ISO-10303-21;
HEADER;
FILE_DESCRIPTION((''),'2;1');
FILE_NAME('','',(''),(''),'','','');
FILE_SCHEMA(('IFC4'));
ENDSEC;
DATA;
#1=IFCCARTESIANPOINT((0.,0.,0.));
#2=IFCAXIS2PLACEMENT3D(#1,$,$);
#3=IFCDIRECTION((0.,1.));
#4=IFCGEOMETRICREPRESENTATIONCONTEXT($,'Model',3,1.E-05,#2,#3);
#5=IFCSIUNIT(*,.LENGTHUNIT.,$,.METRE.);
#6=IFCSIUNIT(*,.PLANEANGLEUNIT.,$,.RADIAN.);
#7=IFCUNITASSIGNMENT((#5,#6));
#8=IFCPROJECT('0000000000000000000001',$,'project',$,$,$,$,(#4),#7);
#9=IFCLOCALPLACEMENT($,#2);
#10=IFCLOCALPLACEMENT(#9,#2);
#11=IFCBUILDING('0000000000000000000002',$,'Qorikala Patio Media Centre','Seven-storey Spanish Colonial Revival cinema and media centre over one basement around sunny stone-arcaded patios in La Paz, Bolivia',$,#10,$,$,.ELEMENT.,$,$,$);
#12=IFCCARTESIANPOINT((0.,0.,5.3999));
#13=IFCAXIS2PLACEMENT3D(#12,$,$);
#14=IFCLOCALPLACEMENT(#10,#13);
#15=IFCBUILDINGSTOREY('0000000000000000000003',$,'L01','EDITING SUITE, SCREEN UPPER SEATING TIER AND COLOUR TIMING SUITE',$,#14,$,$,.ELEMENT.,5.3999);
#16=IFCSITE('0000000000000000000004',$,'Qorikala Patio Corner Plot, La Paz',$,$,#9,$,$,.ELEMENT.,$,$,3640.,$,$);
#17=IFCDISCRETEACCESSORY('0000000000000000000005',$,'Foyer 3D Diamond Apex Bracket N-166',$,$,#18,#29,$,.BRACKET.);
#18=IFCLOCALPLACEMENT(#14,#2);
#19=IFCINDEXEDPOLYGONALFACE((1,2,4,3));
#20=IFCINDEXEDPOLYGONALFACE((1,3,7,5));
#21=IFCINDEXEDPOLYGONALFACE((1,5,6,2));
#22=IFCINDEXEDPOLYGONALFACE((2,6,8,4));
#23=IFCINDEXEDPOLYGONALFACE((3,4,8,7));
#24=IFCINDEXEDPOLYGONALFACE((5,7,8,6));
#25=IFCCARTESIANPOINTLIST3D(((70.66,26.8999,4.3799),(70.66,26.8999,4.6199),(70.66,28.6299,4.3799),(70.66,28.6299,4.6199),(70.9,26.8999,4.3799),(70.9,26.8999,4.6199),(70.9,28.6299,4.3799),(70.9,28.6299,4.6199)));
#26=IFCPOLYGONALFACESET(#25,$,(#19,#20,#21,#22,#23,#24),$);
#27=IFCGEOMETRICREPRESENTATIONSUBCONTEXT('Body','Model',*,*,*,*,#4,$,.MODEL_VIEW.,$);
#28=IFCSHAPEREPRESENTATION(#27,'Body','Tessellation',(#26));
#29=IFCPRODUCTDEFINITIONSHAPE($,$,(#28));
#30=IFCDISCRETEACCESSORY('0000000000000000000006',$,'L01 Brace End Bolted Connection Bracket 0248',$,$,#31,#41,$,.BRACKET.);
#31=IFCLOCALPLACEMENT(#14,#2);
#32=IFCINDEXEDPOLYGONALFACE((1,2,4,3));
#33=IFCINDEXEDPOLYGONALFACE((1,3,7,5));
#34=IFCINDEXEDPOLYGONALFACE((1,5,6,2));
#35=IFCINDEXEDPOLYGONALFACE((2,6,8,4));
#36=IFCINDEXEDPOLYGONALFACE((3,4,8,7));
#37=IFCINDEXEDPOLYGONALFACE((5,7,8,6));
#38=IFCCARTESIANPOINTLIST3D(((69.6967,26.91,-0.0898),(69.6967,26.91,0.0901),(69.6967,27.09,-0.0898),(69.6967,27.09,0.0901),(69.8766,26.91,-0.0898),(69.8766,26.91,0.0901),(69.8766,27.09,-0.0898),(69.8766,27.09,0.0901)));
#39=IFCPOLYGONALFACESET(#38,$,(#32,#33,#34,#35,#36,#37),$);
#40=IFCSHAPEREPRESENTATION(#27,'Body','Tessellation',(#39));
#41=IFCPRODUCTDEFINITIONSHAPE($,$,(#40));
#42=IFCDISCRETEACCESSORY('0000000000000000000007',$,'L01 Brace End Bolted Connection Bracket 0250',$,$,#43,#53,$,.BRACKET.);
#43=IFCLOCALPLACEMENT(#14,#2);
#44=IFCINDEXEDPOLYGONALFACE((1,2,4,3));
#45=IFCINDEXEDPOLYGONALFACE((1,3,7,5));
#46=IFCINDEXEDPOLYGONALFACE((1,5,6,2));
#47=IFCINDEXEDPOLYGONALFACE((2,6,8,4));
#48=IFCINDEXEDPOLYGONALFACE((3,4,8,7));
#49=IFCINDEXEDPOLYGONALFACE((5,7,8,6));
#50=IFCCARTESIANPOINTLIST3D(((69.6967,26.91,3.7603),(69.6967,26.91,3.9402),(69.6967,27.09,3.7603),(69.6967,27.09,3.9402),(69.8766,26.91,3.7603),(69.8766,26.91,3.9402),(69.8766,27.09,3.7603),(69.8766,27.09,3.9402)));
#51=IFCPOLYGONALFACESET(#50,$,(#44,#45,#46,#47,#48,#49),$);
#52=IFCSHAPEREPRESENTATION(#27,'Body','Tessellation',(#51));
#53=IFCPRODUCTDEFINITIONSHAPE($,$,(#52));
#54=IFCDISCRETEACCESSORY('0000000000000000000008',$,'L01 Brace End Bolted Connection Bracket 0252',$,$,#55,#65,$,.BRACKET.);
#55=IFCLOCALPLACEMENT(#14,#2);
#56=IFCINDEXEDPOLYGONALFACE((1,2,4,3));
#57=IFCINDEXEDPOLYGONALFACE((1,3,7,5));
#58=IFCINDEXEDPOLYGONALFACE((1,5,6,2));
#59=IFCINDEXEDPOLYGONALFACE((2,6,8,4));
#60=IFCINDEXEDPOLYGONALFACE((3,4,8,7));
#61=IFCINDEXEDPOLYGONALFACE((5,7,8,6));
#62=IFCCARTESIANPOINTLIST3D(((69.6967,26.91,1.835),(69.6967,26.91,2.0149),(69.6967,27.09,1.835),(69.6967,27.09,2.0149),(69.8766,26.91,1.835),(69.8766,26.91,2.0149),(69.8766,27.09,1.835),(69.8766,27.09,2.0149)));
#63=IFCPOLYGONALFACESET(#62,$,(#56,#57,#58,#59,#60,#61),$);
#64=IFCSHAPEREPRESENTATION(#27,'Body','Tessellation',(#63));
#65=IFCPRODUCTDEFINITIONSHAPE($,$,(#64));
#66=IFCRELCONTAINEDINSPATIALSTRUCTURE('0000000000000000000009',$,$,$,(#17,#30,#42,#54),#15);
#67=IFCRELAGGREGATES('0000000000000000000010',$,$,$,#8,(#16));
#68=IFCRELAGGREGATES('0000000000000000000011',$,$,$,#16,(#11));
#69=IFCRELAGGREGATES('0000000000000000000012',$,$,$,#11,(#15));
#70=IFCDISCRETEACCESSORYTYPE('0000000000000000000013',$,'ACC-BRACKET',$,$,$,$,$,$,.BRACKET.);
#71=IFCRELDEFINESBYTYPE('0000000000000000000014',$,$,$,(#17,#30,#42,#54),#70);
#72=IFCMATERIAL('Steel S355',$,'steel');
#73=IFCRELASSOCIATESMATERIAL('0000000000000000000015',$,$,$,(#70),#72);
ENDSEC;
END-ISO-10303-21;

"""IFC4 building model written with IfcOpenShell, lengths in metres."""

from ifc_helpers import new_model, si_unit, direction, frame, origin, origin_2d, place, context, subcontext, project, spatial, rectangle, extrude, material, type_object, element, save


model = new_model("IFC4")

# Units and contexts
model_context = context("Model", 3, precision=1e-05, world=origin(), true_north=direction((0.0, 1.0)))
body_context = subcontext(model_context, "Body", "Model", "MODEL_VIEW")
ifc_project = project(units=[si_unit("LENGTHUNIT", "METRE"), si_unit("PLANEANGLEUNIT", "RADIAN")], contexts=[model_context])

# Site, building, storey
site_placement = place(None, origin())
site = spatial("IfcSite", under=ifc_project, at=site_placement, Name="Qorikala Patio Corner Plot, La Paz", CompositionType="ELEMENT", RefElevation=3640.0)
building_placement = place(site_placement, origin())
building = spatial("IfcBuilding", under=site, at=building_placement, Name="Qorikala Patio Media Centre", Description="Seven-storey Spanish Colonial Revival cinema and media centre over one basement around sunny stone-arcaded patios in La Paz, Bolivia", CompositionType="ELEMENT")
storey_placement = place(building_placement, frame((0.0, 0.0, 5.3999)))
storey = spatial("IfcBuildingStorey", under=building, at=storey_placement, Name="L01", Description="EDITING SUITE, SCREEN UPPER SEATING TIER AND COLOUR TIMING SUITE", CompositionType="ELEMENT", Elevation=5.3999)

# Discrete accessories
ifc_material_1 = material(Name="Steel S355", Category="steel")
discrete_accessory_type = type_object("IfcDiscreteAccessoryType", Name="ACC-BRACKET", PredefinedType="BRACKET", material=ifc_material_1)
discrete_accessory_placement = place(storey_placement, frame((70.78, 27.7649, 4.3799), z_axis=(0.0, 0.0, 1.0), x_axis=(1.0, 0.0, 0.0)))
element("IfcDiscreteAccessory", 1, at=discrete_accessory_placement, inside=storey, type_object=discrete_accessory_type, Name="Foyer 3D Diamond Apex Bracket N-166", PredefinedType="BRACKET", context=body_context, shape_type="SweptSolid", body=[
    extrude(rectangle(XDim=0.24, YDim=1.73, at=origin_2d()), origin(), (0.0, 0.0, 1.0), 0.24),
])
for number, where, z_axis, x_axis, name in (
    (2, (69.7866, 27.0, -0.0898), (0.0, 0.0, 1.0), (1.0, 0.0, 0.0), "L01 Brace End Bolted Connection Bracket 0248"),
    (3, (69.7866, 27.0, 3.7603), (0.0, 0.0, 1.0), (1.0, 0.0, 0.0), "L01 Brace End Bolted Connection Bracket 0250"),
    (4, (69.7866, 27.0, 1.835), (0.0, 0.0, 1.0), (1.0, 0.0, 0.0), "L01 Brace End Bolted Connection Bracket 0252"),
):
    element("IfcDiscreteAccessory", number, at=place(storey_placement, frame(where, z_axis=z_axis, x_axis=x_axis)), inside=storey, type_object=discrete_accessory_type, Name=name, PredefinedType="BRACKET", context=body_context, shape_type="SweptSolid", body=[
        extrude(rectangle(XDim=0.1799, YDim=0.1799, at=origin_2d()), origin(), (0.0, 0.0, 1.0), 0.1799),
    ])

save(model, "model.ifc")
